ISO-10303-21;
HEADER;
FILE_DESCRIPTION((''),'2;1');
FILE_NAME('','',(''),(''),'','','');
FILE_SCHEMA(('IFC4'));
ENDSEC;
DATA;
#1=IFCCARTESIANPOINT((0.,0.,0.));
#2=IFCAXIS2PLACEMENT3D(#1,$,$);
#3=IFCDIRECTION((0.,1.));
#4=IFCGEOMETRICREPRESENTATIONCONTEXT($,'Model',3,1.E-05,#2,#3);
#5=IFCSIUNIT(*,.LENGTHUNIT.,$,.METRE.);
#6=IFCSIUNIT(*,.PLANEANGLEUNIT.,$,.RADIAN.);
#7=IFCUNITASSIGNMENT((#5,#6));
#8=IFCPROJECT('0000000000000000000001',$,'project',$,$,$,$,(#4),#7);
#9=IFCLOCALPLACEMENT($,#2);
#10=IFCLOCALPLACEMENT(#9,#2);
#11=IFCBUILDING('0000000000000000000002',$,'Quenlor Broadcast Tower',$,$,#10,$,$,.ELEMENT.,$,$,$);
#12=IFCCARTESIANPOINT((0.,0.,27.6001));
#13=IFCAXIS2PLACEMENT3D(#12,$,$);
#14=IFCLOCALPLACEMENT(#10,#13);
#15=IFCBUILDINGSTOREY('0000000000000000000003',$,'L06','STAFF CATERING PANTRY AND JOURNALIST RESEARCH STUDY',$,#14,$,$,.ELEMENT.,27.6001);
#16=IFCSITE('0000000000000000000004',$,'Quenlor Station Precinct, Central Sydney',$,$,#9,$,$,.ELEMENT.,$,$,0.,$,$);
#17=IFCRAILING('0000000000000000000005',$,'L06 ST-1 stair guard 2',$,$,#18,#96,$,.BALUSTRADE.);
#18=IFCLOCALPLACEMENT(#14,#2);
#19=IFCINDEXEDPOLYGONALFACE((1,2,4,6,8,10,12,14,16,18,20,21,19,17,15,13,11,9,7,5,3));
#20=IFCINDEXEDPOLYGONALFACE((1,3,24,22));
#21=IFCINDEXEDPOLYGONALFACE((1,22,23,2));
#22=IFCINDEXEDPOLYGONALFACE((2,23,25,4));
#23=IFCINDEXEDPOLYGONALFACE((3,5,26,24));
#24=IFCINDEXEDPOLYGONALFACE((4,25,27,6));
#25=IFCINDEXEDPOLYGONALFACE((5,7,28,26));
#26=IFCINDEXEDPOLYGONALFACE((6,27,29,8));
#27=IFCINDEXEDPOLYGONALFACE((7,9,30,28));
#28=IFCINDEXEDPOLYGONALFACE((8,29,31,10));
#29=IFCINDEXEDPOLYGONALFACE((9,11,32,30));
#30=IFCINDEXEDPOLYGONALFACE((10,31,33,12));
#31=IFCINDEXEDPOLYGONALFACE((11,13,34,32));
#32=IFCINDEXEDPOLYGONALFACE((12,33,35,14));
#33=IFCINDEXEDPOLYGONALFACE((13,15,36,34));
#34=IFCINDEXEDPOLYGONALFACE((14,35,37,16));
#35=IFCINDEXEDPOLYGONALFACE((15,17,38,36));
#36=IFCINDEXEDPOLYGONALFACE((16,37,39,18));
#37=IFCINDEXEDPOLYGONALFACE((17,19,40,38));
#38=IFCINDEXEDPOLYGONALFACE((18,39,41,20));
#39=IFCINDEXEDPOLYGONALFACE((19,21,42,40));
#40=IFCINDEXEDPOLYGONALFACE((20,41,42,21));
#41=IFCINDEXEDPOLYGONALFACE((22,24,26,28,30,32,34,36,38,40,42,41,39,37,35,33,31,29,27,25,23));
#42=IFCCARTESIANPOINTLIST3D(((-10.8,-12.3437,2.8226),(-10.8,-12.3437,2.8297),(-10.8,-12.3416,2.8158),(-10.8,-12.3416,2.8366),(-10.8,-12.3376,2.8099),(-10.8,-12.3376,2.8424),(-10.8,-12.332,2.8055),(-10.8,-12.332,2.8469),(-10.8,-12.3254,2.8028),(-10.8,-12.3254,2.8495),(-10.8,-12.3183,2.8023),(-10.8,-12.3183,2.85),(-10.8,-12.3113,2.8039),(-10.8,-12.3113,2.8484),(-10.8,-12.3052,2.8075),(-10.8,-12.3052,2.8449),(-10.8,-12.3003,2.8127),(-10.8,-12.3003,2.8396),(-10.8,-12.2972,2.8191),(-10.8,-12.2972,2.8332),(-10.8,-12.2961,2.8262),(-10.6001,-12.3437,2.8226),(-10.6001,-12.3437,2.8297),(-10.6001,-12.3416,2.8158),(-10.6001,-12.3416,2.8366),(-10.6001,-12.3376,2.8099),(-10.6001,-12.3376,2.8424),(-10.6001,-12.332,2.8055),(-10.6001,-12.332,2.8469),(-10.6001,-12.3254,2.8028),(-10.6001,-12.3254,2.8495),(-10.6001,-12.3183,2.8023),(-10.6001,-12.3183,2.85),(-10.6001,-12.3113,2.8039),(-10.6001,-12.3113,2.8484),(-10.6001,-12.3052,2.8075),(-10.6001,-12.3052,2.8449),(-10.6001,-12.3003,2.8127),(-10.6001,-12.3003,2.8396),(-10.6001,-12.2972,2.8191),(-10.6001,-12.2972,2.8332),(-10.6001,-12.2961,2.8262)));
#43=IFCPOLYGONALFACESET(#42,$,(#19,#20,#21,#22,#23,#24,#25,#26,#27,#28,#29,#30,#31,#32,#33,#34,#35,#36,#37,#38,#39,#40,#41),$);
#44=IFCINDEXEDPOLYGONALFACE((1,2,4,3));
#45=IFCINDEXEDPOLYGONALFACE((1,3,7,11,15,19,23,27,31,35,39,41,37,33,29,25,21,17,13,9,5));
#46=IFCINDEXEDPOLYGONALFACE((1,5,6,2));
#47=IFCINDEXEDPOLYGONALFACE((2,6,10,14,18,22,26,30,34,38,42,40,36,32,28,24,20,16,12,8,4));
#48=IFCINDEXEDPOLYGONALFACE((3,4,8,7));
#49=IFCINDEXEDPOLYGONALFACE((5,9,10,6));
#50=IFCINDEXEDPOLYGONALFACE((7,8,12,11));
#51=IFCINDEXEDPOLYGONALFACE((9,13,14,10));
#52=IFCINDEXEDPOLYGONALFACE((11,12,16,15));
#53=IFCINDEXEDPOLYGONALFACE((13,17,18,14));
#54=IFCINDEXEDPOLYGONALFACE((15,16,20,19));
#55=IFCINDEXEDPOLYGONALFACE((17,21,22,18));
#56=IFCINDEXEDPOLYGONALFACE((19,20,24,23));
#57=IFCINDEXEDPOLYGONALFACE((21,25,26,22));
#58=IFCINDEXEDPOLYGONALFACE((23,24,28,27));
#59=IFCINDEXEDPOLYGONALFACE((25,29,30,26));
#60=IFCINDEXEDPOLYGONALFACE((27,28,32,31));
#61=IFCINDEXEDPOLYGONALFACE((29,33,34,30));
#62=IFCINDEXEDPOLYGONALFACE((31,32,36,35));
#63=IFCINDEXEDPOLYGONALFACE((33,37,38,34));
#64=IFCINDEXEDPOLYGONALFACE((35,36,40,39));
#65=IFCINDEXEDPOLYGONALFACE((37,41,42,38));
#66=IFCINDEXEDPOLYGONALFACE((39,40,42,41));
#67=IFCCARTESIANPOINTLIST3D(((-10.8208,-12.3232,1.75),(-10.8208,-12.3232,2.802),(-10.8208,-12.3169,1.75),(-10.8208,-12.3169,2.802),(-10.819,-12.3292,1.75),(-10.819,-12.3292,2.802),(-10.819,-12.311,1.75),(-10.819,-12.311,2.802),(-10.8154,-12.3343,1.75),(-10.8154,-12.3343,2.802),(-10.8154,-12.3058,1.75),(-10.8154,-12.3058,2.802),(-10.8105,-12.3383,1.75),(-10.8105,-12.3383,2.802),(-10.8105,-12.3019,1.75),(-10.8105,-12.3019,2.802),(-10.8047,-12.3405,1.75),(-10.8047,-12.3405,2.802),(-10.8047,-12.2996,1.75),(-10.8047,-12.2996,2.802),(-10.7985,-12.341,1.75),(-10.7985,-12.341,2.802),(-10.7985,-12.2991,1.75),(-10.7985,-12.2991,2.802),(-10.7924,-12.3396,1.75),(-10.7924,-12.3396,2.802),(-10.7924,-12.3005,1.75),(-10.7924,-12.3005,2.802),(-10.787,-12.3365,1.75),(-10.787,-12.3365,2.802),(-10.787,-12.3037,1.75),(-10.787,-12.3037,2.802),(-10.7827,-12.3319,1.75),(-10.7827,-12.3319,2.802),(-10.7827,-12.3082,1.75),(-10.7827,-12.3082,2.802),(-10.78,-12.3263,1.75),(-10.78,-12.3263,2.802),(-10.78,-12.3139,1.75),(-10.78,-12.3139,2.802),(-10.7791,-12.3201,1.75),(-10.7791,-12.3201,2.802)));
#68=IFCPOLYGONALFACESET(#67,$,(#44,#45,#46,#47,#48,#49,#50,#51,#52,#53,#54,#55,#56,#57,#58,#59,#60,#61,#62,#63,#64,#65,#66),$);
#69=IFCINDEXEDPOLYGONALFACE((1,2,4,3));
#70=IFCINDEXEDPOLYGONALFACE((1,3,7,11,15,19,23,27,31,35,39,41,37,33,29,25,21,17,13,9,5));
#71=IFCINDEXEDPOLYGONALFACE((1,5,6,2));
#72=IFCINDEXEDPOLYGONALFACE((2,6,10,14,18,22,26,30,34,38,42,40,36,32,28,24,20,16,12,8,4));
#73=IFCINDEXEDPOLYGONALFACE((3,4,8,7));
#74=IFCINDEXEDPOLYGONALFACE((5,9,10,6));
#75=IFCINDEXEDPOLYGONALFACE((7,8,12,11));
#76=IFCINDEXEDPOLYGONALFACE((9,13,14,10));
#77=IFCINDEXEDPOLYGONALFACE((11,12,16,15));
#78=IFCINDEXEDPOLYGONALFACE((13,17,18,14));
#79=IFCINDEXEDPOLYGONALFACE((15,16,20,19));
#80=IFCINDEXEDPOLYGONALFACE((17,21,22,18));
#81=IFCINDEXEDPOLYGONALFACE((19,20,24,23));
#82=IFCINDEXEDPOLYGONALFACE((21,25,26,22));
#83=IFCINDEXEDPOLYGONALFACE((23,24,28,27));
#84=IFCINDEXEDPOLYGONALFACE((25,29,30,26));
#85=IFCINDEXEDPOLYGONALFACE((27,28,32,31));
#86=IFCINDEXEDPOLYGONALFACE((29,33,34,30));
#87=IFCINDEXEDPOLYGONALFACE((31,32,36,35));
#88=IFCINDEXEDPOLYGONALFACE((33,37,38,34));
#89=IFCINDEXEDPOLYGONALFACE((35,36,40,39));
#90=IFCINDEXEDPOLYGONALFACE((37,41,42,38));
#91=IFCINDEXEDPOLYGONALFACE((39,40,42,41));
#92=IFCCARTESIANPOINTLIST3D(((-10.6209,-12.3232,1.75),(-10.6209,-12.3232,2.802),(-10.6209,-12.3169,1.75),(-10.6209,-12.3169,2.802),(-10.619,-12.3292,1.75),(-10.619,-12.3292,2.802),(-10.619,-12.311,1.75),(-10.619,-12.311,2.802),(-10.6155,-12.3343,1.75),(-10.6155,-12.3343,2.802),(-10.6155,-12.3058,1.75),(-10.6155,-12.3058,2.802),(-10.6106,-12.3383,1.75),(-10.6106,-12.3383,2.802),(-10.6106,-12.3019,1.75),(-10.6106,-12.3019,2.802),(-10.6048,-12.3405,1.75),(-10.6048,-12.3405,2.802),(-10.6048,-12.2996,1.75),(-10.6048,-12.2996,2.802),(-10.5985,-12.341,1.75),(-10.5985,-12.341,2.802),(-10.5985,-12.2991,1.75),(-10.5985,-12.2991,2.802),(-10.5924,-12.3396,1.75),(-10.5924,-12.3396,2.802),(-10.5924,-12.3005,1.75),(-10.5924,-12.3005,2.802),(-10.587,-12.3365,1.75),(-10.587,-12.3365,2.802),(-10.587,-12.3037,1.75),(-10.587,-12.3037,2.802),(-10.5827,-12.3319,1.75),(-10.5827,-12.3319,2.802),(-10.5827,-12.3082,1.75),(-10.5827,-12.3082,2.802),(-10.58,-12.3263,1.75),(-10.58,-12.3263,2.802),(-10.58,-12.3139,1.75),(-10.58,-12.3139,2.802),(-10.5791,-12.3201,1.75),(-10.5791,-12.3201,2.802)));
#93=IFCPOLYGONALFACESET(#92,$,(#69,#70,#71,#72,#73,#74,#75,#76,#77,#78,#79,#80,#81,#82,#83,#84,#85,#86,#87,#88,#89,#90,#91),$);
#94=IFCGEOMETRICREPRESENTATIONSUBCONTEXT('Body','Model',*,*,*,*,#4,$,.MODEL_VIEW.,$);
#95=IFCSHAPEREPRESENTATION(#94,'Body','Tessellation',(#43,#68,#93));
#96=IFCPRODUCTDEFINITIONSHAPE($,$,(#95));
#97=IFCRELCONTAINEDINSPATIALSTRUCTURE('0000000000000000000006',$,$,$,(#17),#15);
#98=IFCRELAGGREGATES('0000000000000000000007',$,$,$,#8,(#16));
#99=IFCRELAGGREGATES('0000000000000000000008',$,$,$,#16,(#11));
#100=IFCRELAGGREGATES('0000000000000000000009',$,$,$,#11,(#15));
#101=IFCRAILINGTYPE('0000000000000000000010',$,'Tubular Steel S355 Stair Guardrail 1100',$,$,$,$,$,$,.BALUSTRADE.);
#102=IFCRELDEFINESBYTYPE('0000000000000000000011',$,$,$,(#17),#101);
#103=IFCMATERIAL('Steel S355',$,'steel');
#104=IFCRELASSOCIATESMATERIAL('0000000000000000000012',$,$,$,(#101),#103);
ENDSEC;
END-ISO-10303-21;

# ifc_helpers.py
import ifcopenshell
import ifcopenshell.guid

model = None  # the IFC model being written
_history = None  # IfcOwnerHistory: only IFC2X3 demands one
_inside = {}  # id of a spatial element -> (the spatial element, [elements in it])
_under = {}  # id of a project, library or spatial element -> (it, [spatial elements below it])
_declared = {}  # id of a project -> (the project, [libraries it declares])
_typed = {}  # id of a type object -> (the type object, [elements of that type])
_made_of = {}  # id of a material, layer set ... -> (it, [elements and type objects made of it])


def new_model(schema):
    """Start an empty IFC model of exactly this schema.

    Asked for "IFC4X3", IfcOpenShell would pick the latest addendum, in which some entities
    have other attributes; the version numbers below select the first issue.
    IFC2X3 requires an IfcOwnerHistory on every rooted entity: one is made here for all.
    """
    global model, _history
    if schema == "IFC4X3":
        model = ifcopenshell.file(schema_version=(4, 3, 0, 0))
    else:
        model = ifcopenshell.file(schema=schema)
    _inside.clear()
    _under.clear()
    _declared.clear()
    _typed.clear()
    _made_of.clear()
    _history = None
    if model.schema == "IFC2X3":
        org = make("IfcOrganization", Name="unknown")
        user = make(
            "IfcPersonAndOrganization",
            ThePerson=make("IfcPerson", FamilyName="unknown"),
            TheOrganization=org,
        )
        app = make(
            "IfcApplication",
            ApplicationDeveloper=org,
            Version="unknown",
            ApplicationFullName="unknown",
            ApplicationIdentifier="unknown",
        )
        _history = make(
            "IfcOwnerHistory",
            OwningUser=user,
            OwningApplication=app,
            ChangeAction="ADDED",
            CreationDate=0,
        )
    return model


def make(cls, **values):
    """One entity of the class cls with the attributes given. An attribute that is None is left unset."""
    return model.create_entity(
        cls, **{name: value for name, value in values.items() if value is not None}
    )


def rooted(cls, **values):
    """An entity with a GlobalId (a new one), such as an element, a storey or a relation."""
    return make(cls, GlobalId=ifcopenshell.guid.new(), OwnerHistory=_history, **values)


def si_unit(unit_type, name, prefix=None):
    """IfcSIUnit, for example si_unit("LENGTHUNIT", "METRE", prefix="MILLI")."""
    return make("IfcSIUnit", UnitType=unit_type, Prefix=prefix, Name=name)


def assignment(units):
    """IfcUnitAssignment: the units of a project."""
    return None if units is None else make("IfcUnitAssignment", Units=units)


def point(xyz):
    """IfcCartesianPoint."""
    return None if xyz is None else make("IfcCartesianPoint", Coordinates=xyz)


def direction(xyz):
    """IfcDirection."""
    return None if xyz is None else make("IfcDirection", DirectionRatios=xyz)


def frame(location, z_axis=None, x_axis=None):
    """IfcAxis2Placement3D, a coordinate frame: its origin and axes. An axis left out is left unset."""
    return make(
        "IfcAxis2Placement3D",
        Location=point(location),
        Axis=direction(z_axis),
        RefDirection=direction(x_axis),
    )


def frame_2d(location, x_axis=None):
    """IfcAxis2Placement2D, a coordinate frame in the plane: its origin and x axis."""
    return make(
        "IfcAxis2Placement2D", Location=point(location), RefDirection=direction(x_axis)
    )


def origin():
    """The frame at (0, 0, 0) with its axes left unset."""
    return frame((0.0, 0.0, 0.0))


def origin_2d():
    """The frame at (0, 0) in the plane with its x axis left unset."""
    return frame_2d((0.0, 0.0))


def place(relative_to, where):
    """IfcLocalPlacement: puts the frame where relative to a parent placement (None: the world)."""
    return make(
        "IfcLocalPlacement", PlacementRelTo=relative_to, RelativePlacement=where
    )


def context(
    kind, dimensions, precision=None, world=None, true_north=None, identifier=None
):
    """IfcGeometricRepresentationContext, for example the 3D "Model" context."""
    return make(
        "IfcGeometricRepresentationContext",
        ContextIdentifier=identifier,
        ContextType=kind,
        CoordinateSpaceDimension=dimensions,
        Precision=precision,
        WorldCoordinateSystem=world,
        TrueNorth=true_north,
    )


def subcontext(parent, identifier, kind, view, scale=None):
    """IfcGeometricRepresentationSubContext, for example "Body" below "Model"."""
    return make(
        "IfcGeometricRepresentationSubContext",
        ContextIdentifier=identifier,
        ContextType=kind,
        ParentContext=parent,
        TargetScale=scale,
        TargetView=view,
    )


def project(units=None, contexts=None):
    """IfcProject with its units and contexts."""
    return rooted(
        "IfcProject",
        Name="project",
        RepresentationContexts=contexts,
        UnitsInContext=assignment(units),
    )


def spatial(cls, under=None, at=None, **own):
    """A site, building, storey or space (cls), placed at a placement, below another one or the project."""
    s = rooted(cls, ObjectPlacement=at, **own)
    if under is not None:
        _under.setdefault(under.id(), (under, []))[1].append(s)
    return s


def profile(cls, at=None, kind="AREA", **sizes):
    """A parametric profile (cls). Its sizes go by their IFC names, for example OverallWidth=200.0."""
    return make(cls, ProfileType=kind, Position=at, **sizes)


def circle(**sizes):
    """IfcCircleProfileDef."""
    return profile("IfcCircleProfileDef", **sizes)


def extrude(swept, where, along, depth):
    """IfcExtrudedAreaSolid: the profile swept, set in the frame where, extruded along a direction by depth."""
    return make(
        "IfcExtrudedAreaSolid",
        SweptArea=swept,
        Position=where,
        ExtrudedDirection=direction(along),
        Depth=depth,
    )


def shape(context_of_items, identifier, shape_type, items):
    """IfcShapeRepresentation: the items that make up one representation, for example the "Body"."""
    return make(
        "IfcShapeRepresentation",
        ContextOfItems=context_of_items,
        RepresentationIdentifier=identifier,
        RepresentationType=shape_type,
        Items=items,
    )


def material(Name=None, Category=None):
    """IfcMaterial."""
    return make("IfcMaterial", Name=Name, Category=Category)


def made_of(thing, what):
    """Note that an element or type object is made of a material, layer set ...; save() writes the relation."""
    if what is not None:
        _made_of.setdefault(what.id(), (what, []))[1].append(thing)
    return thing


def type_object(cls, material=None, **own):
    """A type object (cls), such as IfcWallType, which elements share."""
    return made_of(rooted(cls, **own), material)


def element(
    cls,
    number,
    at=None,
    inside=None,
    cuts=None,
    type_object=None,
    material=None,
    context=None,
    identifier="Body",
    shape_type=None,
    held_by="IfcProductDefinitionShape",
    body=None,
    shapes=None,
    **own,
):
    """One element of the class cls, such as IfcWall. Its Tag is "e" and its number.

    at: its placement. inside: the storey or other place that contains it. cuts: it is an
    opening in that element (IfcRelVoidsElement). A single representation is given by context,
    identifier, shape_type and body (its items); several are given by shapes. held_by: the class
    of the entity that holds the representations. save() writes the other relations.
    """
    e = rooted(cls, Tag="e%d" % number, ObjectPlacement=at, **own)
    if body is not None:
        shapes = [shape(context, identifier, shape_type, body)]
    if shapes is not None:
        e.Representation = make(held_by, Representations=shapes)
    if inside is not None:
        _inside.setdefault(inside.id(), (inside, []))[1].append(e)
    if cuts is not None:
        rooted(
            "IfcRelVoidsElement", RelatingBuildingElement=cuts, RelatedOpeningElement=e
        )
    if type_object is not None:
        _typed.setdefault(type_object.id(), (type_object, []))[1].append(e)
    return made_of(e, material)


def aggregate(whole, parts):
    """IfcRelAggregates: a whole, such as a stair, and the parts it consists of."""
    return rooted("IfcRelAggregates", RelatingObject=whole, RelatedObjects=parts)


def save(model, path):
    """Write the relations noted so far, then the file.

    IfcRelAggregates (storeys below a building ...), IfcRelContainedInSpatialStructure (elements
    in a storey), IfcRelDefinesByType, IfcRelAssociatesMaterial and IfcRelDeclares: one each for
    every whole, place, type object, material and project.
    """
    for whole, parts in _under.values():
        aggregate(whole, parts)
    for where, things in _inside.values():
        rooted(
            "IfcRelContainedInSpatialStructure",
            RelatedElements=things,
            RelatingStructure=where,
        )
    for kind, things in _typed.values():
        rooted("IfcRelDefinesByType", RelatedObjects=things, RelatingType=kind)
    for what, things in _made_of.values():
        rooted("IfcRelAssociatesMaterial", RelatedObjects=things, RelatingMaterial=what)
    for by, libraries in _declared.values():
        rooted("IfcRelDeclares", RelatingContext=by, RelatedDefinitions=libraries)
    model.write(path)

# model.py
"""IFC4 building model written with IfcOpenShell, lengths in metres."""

from ifc_helpers import new_model, si_unit, direction, frame, origin, origin_2d, place, context, subcontext, project, spatial, circle, extrude, material, type_object, element, save


model = new_model("IFC4")

# Units and contexts
model_context = context("Model", 3, precision=1e-05, world=origin(), true_north=direction((0.0, 1.0)))
body_context = subcontext(model_context, "Body", "Model", "MODEL_VIEW")
ifc_project = project(units=[si_unit("LENGTHUNIT", "METRE"), si_unit("PLANEANGLEUNIT", "RADIAN")], contexts=[model_context])

# Site, building, storey
site_placement = place(None, origin())
site = spatial("IfcSite", under=ifc_project, at=site_placement, Name="Quenlor Station Precinct, Central Sydney", CompositionType="ELEMENT", RefElevation=0.0)
building_placement = place(site_placement, origin())
building = spatial("IfcBuilding", under=site, at=building_placement, Name="Quenlor Broadcast Tower", CompositionType="ELEMENT")
storey_placement = place(building_placement, frame((0.0, 0.0, 27.6001)))
storey = spatial("IfcBuildingStorey", under=building, at=storey_placement, Name="L06", Description="STAFF CATERING PANTRY AND JOURNALIST RESEARCH STUDY", CompositionType="ELEMENT", Elevation=27.6001)

# Railing
ifc_material_1 = material(Name="Steel S355", Category="steel")
railing_type_1 = type_object("IfcRailingType", Name="Tubular Steel S355 Stair Guardrail 1100", PredefinedType="BALUSTRADE", material=ifc_material_1)
railing_1_placement = place(storey_placement, frame((-10.8, -12.3201, 1.75)))
element("IfcRailing", 1, at=railing_1_placement, inside=storey, type_object=railing_type_1, Name="L06 ST-1 stair guard 2", PredefinedType="BALUSTRADE", context=body_context, shape_type="SweptSolid", body=[
    extrude(circle(Radius=0.0239, at=origin_2d()), frame((0.0, 0.0, 1.0762), z_axis=(1.0, 0.0, 0.0), x_axis=(0.0, 1.0, 0.0)), (0.0, 0.0, 1.0), 0.2),
    extrude(circle(Radius=0.021, at=origin_2d()), origin(), (0.0, 0.0, 1.0), 1.052),
    extrude(circle(Radius=0.021, at=origin_2d()), frame((0.2, 0.0, 0.0)), (0.0, 0.0, 1.0), 1.052),
])

save(model, "model.ifc")
